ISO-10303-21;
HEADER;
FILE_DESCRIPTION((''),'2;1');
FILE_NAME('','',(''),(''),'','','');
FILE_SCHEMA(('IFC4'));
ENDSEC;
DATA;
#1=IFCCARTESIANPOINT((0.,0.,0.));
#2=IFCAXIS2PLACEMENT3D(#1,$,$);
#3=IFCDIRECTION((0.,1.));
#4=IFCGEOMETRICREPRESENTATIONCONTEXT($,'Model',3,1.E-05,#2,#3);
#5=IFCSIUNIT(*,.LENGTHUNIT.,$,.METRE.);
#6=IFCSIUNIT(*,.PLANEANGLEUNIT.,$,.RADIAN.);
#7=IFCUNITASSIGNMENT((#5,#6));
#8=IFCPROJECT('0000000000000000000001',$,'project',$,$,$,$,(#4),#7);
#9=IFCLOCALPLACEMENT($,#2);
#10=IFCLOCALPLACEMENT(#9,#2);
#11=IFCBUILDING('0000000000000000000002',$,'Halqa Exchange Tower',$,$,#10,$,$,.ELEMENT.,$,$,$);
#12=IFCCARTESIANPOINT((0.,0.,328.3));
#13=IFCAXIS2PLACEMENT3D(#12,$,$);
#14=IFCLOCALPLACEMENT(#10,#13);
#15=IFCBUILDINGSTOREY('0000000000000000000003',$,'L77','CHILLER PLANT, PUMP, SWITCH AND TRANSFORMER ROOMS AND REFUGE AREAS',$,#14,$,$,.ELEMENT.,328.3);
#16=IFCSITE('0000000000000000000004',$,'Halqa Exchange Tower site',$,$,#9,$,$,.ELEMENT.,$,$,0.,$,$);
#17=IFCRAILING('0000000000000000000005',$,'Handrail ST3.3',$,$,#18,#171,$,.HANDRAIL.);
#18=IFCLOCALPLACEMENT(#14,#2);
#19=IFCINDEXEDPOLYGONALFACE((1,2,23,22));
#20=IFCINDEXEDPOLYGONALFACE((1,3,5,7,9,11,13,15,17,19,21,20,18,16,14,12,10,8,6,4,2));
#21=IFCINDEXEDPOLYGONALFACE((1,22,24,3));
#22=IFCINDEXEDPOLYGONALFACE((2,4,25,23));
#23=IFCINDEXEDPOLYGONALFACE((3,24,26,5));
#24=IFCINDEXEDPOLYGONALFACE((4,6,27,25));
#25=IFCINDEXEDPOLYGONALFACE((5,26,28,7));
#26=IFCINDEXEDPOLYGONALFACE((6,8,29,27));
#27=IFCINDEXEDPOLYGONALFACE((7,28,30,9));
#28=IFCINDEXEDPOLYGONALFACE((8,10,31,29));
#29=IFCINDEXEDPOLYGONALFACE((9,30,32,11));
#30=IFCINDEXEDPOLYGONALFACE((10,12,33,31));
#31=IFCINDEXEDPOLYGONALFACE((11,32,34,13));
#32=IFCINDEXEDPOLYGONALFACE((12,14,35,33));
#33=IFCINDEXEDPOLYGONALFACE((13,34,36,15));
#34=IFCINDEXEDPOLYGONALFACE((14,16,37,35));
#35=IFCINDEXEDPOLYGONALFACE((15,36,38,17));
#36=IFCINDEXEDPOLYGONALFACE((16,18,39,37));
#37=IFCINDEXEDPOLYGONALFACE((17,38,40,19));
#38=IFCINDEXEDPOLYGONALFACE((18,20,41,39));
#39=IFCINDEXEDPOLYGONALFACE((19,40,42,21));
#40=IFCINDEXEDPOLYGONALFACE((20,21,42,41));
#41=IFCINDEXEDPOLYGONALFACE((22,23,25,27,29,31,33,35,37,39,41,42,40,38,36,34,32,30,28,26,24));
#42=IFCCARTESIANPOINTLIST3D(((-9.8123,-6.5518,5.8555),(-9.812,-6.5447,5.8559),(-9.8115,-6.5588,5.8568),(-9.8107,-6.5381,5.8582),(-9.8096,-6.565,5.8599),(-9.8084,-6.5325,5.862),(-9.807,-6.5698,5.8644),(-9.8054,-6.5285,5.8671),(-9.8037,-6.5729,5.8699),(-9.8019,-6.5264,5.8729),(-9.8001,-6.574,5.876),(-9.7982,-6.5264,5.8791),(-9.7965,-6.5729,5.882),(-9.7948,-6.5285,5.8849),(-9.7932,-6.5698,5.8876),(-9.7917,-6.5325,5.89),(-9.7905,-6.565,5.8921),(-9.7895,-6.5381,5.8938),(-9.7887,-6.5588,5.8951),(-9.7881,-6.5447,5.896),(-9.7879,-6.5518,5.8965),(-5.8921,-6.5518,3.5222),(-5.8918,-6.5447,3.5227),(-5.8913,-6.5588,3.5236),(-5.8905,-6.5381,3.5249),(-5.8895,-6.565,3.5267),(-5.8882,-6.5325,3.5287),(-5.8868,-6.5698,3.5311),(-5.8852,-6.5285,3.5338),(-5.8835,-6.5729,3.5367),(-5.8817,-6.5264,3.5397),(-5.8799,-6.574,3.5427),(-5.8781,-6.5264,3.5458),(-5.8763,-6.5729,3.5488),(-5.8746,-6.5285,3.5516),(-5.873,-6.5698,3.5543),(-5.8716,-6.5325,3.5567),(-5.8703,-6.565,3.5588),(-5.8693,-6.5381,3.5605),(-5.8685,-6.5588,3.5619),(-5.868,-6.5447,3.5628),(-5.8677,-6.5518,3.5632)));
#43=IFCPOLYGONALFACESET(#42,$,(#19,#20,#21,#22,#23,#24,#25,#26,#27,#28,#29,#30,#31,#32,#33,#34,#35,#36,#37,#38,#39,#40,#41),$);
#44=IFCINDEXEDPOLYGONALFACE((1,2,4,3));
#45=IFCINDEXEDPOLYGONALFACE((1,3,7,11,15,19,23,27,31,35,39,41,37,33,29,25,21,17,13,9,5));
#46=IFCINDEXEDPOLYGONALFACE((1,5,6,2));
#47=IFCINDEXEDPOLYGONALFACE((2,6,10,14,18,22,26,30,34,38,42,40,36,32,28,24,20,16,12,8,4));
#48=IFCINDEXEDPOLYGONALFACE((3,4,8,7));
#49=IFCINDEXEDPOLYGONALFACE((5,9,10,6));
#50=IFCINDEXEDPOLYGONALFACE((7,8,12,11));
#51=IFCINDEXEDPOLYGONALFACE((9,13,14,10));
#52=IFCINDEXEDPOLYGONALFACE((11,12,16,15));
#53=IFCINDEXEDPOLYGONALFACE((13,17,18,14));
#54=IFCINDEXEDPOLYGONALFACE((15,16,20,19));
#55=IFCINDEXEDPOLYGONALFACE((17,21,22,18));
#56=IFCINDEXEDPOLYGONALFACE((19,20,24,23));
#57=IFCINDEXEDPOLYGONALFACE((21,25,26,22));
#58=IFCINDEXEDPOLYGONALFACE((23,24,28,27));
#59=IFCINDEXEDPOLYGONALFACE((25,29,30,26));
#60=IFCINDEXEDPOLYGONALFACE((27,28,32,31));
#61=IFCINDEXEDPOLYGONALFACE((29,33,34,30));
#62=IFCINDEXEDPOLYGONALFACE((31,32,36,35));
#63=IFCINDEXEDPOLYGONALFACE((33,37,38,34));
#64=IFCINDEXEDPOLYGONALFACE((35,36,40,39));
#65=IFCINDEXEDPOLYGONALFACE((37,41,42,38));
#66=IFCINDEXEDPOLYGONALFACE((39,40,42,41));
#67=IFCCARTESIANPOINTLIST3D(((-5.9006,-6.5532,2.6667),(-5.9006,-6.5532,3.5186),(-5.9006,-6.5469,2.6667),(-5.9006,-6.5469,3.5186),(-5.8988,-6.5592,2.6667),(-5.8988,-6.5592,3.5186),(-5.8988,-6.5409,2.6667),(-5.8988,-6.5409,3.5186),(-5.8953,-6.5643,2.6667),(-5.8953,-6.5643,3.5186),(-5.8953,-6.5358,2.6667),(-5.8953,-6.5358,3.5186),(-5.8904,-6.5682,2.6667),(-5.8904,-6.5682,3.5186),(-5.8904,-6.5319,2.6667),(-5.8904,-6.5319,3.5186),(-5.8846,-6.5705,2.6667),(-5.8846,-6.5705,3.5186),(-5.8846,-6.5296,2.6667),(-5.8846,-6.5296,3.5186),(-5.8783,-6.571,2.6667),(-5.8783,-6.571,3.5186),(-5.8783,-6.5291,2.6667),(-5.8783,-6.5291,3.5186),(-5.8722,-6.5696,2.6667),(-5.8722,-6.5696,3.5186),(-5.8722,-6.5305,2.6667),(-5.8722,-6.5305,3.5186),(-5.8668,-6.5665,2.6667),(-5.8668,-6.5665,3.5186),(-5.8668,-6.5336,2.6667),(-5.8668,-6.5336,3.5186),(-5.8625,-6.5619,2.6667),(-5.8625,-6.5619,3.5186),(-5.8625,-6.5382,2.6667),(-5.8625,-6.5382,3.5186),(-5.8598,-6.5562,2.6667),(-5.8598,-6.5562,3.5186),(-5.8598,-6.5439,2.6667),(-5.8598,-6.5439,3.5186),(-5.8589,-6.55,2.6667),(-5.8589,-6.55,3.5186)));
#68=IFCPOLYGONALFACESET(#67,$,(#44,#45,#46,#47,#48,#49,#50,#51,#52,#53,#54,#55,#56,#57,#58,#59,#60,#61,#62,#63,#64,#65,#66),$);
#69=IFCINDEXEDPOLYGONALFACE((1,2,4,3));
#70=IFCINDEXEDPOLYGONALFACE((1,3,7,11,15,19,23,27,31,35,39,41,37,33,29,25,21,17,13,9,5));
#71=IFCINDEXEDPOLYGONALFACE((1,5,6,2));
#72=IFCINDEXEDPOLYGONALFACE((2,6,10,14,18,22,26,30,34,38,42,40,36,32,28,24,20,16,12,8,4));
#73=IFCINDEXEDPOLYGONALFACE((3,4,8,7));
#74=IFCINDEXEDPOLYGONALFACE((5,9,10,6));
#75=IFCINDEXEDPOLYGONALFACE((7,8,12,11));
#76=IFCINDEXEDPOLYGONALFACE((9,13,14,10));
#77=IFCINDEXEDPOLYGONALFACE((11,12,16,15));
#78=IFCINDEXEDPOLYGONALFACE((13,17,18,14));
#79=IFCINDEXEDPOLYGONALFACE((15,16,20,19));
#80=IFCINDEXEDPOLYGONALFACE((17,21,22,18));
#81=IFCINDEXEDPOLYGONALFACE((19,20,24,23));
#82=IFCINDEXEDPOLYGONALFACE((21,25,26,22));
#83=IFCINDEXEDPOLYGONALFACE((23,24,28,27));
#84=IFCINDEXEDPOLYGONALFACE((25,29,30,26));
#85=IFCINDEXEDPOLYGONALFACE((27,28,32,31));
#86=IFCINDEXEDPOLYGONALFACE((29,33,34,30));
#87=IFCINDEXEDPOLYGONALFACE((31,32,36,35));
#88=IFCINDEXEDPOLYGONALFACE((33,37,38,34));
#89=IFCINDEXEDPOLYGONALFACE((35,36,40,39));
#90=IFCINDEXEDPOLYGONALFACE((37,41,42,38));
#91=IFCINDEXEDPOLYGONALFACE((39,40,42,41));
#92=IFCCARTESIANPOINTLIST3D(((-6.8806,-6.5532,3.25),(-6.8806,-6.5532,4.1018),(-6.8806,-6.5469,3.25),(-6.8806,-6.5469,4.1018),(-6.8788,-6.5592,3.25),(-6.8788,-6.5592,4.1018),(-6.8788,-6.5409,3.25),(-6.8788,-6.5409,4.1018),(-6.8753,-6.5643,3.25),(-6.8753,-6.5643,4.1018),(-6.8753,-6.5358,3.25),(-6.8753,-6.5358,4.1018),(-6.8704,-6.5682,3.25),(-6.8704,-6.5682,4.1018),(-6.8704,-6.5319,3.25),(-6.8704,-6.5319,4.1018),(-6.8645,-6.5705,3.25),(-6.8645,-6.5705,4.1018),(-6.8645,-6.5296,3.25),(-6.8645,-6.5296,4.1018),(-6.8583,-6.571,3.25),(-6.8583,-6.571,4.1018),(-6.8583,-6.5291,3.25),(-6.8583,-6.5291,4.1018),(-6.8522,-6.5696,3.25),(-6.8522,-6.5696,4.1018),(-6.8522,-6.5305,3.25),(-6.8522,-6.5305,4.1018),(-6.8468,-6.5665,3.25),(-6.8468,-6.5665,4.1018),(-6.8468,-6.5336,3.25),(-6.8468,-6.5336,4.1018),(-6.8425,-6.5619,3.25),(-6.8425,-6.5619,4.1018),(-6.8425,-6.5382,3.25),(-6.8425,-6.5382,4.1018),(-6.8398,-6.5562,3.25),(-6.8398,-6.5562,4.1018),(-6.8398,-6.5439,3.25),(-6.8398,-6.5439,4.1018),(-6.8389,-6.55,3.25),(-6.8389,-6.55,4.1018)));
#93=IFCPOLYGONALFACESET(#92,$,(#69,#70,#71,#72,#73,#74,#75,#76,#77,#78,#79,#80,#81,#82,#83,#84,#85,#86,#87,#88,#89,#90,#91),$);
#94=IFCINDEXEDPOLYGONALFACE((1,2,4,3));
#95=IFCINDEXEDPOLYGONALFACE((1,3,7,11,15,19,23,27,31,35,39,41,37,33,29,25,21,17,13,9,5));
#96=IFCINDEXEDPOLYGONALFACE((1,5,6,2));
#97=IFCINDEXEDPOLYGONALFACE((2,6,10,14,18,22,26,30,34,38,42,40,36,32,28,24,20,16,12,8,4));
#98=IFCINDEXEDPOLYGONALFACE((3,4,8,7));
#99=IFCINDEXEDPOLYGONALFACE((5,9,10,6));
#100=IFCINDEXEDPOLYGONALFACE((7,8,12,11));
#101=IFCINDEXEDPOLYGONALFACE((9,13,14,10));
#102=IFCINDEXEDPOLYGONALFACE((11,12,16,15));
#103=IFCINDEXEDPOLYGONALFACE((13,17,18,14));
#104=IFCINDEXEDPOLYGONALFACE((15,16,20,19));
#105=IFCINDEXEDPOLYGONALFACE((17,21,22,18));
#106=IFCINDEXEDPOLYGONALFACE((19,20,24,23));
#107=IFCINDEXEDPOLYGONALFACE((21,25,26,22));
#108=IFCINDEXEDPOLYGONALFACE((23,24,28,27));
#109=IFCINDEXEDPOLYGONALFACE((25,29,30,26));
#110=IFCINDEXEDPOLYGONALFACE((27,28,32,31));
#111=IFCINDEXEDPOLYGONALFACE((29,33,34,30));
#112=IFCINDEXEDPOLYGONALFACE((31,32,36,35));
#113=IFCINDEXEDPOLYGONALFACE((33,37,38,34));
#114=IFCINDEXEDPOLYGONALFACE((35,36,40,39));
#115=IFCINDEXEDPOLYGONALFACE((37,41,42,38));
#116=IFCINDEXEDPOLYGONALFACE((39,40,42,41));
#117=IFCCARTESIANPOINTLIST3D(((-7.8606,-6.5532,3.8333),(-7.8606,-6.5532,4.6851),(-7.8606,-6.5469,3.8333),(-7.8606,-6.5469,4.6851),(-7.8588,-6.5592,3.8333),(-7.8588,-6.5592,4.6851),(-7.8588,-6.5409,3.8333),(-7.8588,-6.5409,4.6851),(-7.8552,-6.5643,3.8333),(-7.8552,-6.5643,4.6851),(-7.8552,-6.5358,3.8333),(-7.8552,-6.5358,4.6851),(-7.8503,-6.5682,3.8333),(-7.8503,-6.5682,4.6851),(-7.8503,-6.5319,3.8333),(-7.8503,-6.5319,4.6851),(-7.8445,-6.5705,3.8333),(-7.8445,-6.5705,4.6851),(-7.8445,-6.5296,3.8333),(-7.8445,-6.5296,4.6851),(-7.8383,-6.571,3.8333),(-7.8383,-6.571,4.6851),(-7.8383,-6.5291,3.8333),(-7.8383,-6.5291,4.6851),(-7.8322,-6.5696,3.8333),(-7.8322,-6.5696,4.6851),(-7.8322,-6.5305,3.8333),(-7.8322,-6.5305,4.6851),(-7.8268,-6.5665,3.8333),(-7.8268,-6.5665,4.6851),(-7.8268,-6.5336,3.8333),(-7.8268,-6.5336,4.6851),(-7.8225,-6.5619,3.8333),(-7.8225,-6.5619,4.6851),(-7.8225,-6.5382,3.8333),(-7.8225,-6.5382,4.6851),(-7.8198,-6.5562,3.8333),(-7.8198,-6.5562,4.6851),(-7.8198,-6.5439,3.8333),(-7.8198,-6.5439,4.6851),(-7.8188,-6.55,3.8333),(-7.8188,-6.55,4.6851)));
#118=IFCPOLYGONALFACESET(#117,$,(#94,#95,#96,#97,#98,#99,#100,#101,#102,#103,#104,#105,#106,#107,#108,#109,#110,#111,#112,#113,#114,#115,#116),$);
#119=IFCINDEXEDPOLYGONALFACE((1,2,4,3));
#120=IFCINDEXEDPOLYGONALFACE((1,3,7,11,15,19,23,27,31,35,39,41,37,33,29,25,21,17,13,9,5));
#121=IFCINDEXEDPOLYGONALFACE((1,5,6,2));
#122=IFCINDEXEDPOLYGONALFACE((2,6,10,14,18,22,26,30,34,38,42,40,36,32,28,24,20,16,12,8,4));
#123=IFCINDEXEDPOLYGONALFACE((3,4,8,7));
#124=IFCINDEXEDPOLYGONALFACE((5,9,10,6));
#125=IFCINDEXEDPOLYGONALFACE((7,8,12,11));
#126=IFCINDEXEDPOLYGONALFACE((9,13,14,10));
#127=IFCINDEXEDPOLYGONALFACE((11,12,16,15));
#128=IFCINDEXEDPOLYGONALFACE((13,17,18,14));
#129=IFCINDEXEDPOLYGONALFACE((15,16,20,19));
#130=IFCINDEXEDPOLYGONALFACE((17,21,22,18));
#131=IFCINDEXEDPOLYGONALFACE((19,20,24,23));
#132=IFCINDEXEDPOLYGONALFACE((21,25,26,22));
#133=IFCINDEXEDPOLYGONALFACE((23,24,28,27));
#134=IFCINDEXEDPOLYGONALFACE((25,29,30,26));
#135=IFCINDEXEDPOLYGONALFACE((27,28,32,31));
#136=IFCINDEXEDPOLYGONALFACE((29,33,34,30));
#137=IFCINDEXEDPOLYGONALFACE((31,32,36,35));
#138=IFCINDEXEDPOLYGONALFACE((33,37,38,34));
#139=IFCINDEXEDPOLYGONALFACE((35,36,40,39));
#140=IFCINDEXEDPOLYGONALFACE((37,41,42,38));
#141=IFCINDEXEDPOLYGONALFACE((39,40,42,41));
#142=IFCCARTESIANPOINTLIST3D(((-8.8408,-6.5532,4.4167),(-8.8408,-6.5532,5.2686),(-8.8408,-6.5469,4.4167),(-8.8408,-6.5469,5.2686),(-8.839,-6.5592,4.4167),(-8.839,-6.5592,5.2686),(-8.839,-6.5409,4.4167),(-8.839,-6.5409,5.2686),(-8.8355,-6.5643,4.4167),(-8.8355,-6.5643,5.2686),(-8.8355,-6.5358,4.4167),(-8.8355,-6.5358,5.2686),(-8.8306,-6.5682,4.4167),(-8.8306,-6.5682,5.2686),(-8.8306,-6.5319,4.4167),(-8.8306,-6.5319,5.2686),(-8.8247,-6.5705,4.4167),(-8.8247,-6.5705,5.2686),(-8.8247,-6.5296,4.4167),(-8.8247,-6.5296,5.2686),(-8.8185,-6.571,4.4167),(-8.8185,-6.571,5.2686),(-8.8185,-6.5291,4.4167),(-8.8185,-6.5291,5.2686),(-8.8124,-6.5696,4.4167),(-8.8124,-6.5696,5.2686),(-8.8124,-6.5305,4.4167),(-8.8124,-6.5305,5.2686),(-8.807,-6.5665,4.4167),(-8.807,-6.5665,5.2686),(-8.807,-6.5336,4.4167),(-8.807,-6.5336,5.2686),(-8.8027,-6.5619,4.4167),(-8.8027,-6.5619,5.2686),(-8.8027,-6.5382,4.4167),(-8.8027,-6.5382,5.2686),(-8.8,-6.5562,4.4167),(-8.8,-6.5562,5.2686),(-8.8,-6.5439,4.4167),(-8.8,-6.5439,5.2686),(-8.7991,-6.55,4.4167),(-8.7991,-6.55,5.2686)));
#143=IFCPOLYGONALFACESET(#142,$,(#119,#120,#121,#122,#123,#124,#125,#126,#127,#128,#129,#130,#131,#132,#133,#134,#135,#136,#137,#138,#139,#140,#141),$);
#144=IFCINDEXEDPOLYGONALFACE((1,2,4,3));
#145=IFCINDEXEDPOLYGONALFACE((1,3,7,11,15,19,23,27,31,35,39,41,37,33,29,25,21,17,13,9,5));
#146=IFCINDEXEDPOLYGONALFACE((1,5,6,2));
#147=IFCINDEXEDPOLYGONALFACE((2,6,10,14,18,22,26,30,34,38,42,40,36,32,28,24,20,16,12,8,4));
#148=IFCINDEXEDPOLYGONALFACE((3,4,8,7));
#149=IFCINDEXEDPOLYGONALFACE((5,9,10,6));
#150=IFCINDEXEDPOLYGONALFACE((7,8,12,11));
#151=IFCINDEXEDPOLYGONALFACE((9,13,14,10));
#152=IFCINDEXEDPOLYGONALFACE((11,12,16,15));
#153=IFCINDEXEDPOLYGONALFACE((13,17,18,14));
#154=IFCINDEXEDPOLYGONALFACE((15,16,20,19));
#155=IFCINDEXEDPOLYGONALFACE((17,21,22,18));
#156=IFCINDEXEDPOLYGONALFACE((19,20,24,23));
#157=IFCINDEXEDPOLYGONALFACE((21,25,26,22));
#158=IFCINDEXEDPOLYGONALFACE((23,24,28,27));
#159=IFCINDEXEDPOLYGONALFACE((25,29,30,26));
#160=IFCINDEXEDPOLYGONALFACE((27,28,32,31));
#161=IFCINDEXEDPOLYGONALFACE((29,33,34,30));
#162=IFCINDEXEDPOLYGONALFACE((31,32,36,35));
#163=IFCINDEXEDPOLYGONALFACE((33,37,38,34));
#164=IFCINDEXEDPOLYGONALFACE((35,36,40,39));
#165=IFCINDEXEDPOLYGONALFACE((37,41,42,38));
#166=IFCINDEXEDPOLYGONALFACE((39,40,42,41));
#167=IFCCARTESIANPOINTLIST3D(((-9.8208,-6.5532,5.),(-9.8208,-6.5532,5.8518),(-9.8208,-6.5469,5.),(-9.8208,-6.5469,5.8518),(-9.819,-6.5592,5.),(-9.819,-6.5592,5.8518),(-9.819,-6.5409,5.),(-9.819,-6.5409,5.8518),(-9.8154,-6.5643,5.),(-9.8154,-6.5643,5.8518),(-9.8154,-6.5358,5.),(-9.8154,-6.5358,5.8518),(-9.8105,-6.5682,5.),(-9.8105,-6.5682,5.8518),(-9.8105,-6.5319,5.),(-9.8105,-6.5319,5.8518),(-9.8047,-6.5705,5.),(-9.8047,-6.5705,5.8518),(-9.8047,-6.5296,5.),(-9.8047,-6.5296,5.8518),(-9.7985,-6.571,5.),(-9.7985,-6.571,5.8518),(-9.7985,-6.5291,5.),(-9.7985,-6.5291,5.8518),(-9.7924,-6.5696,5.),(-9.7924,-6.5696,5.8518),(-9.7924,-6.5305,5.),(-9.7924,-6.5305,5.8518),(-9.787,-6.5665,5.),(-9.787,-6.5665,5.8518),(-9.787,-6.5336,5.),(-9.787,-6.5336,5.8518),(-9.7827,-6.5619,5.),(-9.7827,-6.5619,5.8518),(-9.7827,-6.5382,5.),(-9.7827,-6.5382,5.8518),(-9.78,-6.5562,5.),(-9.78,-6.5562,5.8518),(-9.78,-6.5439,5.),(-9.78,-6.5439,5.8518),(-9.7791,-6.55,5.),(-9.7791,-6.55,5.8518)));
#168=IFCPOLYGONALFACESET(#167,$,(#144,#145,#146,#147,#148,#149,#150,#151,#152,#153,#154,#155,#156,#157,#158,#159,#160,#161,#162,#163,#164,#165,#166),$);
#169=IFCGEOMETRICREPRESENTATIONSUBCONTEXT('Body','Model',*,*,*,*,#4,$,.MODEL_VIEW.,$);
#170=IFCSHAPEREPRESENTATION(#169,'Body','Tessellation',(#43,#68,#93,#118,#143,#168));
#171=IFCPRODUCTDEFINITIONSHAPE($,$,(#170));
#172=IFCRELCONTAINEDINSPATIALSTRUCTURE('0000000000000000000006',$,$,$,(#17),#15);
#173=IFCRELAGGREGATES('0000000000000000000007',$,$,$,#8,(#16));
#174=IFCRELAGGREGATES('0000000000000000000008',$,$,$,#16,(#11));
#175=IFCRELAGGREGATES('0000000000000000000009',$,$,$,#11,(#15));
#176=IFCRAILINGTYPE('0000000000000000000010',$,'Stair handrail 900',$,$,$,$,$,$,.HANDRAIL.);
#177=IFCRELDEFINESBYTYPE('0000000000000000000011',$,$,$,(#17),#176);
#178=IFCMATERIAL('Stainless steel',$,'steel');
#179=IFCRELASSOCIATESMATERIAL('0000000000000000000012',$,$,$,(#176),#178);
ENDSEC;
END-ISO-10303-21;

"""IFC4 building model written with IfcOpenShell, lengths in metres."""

from ifc_helpers import new_model, si_unit, direction, frame, origin, origin_2d, place, context, subcontext, project, spatial, circle, extrude, material, type_object, element, save


model = new_model("IFC4")

# Units and contexts
model_context = context("Model", 3, precision=1e-05, world=origin(), true_north=direction((0.0, 1.0)))
body_context = subcontext(model_context, "Body", "Model", "MODEL_VIEW")
ifc_project = project(units=[si_unit("LENGTHUNIT", "METRE"), si_unit("PLANEANGLEUNIT", "RADIAN")], contexts=[model_context])

# Site, building, storey
site_placement = place(None, origin())
site = spatial("IfcSite", under=ifc_project, at=site_placement, Name="Halqa Exchange Tower site", CompositionType="ELEMENT", RefElevation=0.0)
building_placement = place(site_placement, origin())
building = spatial("IfcBuilding", under=site, at=building_placement, Name="Halqa Exchange Tower", CompositionType="ELEMENT")
storey_placement = place(building_placement, frame((0.0, 0.0, 328.3)))
storey = spatial("IfcBuildingStorey", under=building, at=storey_placement, Name="L77", Description="CHILLER PLANT, PUMP, SWITCH AND TRANSFORMER ROOMS AND REFUGE AREAS", CompositionType="ELEMENT", Elevation=328.3)

# Railing
ifc_material_1 = material(Name="Stainless steel", Category="steel")
railing_type_1 = type_object("IfcRailingType", Name="Stair handrail 900", PredefinedType="HANDRAIL", material=ifc_material_1)
railing_1_placement = place(storey_placement, frame((-5.8799, -6.55, 2.6667)))
element("IfcRailing", 1, at=railing_1_placement, inside=storey, type_object=railing_type_1, Name="Handrail ST3.3", PredefinedType="HANDRAIL", context=body_context, shape_type="SweptSolid", body=[
    extrude(circle(Radius=0.0239, at=origin_2d()), frame((0.0, 0.0, 0.876), z_axis=(-0.85931, 0.0, 0.511455), x_axis=(0.0, -1.0, 0.0)), (0.0, 0.0, 1.0), 4.562),
    extrude(circle(Radius=0.021, at=origin_2d()), origin(), (0.0, 0.0, 1.0), 0.8518),
    extrude(circle(Radius=0.021, at=origin_2d()), frame((-0.98, 0.0, 0.5833)), (0.0, 0.0, 1.0), 0.8518),
    extrude(circle(Radius=0.021, at=origin_2d()), frame((-1.96, 0.0, 1.1665)), (0.0, 0.0, 1.0), 0.8518),
    extrude(circle(Radius=0.021, at=origin_2d()), frame((-2.9402, 0.0, 1.75)), (0.0, 0.0, 1.0), 0.8518),
    extrude(circle(Radius=0.021, at=origin_2d()), frame((-3.9202, 0.0, 2.3333)), (0.0, 0.0, 1.0), 0.8518),
])

save(model, "model.ifc")
